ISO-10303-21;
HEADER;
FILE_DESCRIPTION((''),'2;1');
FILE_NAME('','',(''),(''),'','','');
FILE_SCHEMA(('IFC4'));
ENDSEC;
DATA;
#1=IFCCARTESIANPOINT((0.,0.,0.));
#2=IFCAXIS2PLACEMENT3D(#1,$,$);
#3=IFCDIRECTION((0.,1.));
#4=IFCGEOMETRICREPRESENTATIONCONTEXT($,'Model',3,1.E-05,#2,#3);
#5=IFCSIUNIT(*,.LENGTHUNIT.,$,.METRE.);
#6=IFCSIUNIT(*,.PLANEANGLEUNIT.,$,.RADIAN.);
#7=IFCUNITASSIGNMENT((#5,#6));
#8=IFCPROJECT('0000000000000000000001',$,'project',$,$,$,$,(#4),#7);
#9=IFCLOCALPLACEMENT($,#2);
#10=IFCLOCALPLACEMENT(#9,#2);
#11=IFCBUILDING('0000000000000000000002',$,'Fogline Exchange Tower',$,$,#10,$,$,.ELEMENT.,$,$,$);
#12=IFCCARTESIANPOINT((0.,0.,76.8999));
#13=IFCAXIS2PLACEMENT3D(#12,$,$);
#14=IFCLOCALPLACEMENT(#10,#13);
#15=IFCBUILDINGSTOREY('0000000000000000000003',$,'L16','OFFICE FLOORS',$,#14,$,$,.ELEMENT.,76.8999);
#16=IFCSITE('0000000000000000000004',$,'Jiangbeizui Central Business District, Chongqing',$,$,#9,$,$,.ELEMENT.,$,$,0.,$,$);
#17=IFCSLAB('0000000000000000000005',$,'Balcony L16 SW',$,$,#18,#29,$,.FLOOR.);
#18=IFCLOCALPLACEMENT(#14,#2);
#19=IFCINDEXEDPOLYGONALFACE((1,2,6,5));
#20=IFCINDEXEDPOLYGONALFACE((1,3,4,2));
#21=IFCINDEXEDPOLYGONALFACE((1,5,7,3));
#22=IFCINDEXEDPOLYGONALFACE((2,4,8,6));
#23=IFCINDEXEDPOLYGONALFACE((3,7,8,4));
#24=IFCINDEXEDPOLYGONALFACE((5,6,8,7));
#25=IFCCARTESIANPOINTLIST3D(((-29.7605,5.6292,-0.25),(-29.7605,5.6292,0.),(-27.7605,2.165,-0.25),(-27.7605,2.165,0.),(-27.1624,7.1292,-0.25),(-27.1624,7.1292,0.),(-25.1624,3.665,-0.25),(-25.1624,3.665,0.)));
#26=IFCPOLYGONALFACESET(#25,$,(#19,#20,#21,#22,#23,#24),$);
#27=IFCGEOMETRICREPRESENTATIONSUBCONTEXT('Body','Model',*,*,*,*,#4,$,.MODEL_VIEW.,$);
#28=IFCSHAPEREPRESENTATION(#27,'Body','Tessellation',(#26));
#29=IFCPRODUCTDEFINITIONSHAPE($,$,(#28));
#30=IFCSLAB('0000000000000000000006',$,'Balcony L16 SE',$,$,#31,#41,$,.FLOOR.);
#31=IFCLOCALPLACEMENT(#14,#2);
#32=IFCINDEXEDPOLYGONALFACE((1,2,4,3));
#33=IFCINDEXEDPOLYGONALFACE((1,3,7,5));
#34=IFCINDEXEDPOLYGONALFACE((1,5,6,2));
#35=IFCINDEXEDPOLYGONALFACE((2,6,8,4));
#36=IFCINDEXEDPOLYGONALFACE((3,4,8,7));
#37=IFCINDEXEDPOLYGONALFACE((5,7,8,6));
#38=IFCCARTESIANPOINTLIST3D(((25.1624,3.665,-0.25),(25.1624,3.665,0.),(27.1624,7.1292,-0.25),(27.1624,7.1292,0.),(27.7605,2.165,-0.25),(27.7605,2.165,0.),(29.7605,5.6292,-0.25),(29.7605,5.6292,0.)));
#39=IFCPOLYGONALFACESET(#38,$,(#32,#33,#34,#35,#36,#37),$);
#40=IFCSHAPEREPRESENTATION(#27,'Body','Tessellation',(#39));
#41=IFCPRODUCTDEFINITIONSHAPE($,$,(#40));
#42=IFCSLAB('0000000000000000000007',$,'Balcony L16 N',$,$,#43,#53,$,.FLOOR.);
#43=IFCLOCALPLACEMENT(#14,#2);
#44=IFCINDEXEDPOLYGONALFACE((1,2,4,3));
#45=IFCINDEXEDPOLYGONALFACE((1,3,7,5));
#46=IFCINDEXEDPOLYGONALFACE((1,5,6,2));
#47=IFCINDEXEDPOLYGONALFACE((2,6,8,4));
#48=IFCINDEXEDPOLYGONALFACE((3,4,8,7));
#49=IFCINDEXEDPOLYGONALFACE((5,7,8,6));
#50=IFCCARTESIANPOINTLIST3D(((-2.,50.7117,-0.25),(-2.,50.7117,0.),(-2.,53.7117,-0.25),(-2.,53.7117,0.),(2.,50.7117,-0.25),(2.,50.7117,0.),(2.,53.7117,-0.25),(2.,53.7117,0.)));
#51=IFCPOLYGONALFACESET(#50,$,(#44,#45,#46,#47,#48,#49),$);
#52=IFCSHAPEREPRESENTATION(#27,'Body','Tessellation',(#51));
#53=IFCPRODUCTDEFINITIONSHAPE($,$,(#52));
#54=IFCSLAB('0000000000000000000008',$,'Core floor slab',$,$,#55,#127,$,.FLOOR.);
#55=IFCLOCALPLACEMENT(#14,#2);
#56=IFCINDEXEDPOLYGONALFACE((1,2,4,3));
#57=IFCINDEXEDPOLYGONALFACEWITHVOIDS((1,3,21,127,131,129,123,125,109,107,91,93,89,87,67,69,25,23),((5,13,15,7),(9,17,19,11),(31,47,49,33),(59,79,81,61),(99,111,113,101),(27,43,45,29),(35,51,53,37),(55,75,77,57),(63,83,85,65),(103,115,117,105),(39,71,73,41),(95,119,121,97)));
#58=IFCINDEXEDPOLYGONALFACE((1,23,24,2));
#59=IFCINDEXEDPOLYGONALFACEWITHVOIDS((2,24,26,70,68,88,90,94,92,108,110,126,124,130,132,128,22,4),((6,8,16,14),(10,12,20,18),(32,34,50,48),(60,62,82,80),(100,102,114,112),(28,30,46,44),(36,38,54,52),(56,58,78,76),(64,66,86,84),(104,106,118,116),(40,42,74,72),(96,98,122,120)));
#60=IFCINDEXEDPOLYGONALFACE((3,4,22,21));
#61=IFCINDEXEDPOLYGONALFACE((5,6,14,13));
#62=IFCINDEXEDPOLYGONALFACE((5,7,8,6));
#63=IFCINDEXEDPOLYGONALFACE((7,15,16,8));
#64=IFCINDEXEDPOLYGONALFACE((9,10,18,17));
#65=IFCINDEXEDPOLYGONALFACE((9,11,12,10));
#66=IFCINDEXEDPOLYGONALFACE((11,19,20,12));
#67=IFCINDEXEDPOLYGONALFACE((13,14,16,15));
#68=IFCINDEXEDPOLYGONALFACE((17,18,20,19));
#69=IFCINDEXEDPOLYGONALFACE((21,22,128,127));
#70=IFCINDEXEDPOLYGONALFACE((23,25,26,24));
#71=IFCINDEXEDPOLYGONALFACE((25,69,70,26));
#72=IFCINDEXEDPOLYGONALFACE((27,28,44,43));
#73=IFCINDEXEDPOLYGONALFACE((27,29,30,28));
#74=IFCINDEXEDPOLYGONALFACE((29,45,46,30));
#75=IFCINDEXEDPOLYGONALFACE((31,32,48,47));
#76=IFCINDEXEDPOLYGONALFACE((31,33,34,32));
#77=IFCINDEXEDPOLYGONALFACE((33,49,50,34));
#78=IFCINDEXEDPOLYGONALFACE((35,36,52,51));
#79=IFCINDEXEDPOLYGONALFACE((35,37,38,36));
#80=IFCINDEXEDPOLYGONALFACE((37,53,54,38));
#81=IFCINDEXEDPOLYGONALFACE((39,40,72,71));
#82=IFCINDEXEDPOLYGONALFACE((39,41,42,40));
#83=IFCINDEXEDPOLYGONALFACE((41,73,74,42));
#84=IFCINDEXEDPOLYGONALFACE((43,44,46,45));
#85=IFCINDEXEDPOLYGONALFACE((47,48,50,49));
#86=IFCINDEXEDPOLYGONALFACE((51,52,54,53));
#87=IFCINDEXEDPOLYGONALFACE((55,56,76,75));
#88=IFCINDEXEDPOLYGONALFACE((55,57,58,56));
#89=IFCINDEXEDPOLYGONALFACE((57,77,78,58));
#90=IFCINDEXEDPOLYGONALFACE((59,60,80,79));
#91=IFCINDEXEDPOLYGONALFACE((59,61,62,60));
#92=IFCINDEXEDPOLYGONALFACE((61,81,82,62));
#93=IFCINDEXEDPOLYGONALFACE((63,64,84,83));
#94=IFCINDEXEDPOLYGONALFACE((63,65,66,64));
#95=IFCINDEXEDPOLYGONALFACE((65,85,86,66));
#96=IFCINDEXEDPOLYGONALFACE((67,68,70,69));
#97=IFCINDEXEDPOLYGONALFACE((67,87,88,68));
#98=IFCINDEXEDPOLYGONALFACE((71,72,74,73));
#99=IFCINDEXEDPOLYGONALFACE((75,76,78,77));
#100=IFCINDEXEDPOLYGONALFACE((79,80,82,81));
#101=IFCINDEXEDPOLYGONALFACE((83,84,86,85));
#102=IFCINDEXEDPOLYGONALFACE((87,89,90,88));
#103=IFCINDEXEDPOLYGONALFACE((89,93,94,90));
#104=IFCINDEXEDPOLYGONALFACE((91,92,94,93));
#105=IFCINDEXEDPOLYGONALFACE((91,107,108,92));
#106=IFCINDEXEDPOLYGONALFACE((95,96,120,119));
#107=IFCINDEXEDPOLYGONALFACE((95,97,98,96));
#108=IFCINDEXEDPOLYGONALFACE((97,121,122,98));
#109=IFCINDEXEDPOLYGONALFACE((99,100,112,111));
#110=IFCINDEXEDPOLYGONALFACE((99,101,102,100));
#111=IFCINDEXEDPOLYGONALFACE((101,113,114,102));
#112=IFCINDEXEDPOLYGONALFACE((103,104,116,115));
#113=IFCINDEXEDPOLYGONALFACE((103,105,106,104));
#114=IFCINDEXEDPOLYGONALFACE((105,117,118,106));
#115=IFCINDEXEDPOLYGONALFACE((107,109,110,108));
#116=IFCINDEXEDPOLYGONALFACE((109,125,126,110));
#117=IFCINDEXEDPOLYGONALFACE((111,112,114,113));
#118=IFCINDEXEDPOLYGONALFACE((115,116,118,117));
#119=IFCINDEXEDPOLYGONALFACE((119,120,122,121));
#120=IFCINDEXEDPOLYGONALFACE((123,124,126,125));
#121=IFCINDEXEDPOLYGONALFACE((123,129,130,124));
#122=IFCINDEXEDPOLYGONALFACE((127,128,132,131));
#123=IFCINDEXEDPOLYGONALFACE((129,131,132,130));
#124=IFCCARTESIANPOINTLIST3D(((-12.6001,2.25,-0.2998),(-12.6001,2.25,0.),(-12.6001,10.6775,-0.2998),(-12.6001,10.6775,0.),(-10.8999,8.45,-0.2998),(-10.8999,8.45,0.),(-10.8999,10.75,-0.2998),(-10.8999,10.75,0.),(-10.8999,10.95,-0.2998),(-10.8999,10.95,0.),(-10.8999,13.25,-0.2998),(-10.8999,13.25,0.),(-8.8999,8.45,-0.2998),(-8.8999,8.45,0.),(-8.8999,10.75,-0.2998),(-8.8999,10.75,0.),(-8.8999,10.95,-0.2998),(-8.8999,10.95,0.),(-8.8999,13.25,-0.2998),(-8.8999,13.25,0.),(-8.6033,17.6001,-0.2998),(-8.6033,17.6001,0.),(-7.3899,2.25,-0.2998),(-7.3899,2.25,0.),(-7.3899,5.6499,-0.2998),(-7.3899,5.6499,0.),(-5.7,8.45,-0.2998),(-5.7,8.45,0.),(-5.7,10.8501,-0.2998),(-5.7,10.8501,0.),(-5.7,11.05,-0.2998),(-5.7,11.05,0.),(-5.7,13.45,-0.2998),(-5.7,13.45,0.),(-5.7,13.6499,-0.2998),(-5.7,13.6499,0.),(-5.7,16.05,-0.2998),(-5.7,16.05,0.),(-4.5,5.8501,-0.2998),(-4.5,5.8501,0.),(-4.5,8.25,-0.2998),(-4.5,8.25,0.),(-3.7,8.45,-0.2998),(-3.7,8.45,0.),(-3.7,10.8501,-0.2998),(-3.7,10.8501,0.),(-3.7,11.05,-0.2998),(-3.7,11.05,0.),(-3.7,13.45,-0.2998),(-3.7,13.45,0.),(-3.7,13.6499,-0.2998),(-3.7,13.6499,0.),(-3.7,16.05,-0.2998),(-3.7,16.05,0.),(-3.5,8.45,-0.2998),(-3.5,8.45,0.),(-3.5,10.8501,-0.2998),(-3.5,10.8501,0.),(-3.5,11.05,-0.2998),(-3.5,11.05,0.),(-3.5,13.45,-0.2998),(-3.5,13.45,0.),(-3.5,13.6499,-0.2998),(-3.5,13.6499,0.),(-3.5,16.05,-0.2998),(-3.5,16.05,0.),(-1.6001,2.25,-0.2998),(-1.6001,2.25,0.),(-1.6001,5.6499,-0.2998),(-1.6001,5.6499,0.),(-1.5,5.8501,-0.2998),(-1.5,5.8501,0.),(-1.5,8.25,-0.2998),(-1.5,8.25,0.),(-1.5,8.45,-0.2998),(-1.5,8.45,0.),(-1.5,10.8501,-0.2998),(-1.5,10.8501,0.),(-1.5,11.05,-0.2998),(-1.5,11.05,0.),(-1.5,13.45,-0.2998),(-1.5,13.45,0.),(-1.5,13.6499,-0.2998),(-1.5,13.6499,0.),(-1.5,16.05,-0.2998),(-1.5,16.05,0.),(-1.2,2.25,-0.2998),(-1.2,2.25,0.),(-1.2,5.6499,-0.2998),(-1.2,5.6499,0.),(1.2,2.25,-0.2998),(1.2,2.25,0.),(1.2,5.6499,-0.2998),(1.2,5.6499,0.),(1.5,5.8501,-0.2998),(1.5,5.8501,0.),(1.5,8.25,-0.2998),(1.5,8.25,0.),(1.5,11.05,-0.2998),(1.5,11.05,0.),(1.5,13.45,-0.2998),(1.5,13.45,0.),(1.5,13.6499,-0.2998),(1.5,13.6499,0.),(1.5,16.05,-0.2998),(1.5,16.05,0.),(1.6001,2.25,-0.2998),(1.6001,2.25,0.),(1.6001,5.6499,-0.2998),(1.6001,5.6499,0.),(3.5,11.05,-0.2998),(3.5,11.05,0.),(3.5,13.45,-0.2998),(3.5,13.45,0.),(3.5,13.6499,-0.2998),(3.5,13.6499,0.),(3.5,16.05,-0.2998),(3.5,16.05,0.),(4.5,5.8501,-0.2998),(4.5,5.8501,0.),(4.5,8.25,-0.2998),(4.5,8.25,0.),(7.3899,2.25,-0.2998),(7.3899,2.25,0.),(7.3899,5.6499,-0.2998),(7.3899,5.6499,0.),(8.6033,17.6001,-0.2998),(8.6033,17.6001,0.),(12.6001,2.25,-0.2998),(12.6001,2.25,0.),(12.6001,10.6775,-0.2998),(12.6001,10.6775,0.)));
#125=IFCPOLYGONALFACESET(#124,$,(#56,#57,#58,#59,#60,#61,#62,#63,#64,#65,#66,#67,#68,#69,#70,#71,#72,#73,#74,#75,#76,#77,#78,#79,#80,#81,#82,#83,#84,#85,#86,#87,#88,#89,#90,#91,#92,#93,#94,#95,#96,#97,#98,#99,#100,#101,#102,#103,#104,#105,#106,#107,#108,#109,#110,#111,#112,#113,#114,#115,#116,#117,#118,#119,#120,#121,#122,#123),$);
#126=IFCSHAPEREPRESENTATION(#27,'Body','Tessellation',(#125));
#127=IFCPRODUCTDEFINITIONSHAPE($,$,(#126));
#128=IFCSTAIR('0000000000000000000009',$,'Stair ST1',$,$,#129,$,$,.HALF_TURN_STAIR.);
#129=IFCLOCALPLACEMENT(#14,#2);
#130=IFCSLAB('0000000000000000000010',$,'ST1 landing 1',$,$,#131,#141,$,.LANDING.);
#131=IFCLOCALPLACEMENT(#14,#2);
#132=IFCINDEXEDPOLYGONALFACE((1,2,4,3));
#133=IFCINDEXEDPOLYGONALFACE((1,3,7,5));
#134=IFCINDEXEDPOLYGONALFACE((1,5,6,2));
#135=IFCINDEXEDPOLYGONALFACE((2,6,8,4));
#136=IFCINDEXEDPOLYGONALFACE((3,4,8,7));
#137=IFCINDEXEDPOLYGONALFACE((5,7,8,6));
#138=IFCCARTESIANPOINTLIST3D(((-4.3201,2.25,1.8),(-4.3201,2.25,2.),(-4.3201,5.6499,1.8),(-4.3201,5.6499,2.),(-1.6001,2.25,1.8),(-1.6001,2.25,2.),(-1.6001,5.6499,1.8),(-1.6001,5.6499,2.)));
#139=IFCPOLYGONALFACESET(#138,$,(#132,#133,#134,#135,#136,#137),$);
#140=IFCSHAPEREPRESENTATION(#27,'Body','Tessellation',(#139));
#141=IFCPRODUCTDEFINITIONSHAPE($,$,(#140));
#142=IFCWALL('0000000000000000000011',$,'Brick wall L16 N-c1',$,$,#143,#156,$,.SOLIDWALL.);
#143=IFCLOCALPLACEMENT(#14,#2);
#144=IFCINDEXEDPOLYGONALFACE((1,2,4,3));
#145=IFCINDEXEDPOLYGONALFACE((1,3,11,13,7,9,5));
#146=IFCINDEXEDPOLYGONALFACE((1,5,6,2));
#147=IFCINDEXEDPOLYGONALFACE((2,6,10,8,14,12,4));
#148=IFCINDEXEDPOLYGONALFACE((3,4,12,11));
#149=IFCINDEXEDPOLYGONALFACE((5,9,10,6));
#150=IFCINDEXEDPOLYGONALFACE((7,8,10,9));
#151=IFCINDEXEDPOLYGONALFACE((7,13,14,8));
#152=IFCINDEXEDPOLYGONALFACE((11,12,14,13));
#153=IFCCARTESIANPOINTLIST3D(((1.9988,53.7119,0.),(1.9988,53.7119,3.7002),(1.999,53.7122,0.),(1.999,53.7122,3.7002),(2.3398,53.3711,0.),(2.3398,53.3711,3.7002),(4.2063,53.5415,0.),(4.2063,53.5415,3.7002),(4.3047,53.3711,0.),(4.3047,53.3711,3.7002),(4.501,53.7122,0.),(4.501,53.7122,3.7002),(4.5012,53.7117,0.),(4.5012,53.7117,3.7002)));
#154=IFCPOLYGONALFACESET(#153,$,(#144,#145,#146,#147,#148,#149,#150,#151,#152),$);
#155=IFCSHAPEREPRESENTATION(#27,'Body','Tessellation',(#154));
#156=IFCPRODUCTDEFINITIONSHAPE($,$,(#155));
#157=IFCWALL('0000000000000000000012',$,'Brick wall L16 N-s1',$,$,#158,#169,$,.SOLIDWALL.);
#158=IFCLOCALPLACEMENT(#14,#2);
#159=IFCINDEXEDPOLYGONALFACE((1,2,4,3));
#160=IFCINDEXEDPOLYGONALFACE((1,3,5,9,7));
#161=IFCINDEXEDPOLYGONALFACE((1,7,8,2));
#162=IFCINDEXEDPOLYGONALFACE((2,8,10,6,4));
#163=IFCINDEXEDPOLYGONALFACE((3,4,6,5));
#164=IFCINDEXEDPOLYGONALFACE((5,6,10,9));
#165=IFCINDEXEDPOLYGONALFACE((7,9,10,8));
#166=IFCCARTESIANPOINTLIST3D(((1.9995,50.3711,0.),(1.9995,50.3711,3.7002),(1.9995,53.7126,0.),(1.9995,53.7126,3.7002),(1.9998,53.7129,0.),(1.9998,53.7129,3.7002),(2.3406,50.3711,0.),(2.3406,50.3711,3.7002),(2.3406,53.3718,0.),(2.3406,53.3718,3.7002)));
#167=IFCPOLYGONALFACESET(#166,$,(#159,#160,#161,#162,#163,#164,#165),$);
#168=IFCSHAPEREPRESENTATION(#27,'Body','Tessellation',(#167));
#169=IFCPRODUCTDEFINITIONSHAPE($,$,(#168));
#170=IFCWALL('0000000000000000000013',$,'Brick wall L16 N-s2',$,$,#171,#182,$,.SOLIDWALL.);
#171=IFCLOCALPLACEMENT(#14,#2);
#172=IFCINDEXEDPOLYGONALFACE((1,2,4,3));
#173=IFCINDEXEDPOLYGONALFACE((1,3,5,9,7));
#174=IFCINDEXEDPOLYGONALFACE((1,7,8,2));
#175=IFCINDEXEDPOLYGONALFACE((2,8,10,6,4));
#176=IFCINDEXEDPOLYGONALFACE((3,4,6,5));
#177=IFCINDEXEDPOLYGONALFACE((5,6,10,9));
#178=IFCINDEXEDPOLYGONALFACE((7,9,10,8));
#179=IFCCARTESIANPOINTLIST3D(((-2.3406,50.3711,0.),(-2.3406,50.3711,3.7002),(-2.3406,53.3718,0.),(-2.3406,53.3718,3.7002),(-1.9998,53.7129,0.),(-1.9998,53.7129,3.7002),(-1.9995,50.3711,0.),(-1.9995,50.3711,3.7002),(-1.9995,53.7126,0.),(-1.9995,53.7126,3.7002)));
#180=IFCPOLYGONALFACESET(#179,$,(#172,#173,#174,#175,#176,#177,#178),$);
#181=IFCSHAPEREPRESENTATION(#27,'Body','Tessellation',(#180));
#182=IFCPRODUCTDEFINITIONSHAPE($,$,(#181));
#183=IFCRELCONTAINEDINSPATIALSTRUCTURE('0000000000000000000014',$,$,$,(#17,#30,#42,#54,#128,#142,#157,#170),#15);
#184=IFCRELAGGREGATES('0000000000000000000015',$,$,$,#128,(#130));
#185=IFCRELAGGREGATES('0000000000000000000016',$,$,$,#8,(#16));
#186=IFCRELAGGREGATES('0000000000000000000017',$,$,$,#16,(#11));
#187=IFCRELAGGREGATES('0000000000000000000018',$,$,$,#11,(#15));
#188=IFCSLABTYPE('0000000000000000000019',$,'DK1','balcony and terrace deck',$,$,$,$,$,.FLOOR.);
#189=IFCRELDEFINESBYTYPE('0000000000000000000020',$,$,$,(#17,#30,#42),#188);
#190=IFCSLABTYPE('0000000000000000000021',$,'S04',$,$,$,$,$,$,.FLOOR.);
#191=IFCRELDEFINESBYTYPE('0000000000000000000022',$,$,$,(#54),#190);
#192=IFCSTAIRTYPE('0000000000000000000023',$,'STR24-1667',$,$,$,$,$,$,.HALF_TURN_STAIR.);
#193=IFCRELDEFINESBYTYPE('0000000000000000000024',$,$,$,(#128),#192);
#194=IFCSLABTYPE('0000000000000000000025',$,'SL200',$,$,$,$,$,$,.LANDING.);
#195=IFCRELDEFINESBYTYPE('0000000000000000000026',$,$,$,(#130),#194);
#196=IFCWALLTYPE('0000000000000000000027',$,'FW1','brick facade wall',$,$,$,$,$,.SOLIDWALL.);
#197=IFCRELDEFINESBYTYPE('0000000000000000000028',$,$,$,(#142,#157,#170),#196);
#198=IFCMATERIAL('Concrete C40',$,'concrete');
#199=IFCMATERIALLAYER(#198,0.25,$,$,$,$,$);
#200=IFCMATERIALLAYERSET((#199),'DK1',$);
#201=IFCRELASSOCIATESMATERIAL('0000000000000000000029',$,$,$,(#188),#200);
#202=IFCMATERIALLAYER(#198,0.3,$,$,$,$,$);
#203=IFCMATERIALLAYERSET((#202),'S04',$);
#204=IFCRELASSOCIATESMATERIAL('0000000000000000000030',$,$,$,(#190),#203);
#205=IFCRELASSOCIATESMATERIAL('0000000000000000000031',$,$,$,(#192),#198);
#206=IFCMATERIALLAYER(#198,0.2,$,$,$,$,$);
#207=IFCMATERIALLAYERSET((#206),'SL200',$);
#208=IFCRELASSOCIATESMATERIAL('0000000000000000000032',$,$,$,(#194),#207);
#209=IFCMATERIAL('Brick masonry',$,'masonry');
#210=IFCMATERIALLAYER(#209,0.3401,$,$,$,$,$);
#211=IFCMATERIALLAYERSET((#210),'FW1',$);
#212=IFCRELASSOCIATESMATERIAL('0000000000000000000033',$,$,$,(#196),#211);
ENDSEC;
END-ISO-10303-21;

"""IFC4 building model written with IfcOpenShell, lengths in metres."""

from ifc_helpers import new_model, si_unit, direction, frame, origin, place, context, subcontext, project, spatial, polyline, outline, extrude, material, layer, layer_set, type_object, element, aggregate, save


model = new_model("IFC4")

# Units and contexts
model_context = context("Model", 3, precision=1e-05, world=origin(), true_north=direction((0.0, 1.0)))
body_context = subcontext(model_context, "Body", "Model", "MODEL_VIEW")
ifc_project = project(units=[si_unit("LENGTHUNIT", "METRE"), si_unit("PLANEANGLEUNIT", "RADIAN")], contexts=[model_context])

# Site, building, storey
site_placement = place(None, origin())
site = spatial("IfcSite", under=ifc_project, at=site_placement, Name="Jiangbeizui Central Business District, Chongqing", CompositionType="ELEMENT", RefElevation=0.0)
building_placement = place(site_placement, origin())
building = spatial("IfcBuilding", under=site, at=building_placement, Name="Fogline Exchange Tower", CompositionType="ELEMENT")
storey_placement = place(building_placement, frame((0.0, 0.0, 76.8999)))
storey = spatial("IfcBuildingStorey", under=building, at=storey_placement, Name="L16", Description="OFFICE FLOORS", CompositionType="ELEMENT", Elevation=76.8999)

# Slabs
ifc_material_1 = material(Name="Concrete C40", Category="concrete")
ifc_layer_1 = layer(ifc_material_1, 0.25)
ifc_layer_set_1 = layer_set([ifc_layer_1], Name="DK1")
slab_type_1 = type_object("IfcSlabType", Name="DK1", Description="balcony and terrace deck", PredefinedType="FLOOR", material=ifc_layer_set_1)
slab_1_placement = place(storey_placement, frame((0.0, 0.0, -0.25)))
element("IfcSlab", 1, at=slab_1_placement, inside=storey, type_object=slab_type_1, Name="Balcony L16 SW", PredefinedType="FLOOR", context=body_context, shape_type="SweptSolid", body=[
    extrude(outline(polyline([(-29.7605, 5.6292), (-27.7605, 2.165), (-25.1624, 3.665), (-27.1624, 7.1292), (-29.7605, 5.6292)])), origin(), (0.0, 0.0, 1.0), 0.25),
])
slab_2_placement = place(storey_placement, frame((0.0, 0.0, -0.25)))
element("IfcSlab", 2, at=slab_2_placement, inside=storey, type_object=slab_type_1, Name="Balcony L16 SE", PredefinedType="FLOOR", context=body_context, shape_type="SweptSolid", body=[
    extrude(outline(polyline([(27.7605, 2.165), (29.7605, 5.6292), (27.1624, 7.1292), (25.1624, 3.665), (27.7605, 2.165)])), origin(), (0.0, 0.0, 1.0), 0.25),
])
slab_3_placement = place(storey_placement, frame((0.0, 0.0, -0.25)))
element("IfcSlab", 3, at=slab_3_placement, inside=storey, type_object=slab_type_1, Name="Balcony L16 N", PredefinedType="FLOOR", context=body_context, shape_type="SweptSolid", body=[
    extrude(outline(polyline([(2.0, 53.7117), (-2.0, 53.7117), (-2.0, 50.7117), (2.0, 50.7117), (2.0, 53.7117)])), origin(), (0.0, 0.0, 1.0), 0.25),
])
ifc_layer_2 = layer(ifc_material_1, 0.3)
ifc_layer_set_2 = layer_set([ifc_layer_2], Name="S04")
slab_type_2 = type_object("IfcSlabType", Name="S04", PredefinedType="FLOOR", material=ifc_layer_set_2)
slab_4_placement = place(storey_placement, frame((0.0, 0.0, -0.2998)))
element("IfcSlab", 4, at=slab_4_placement, inside=storey, type_object=slab_type_2, Name="Core floor slab", PredefinedType="FLOOR", context=body_context, shape_type="SweptSolid", body=[
    extrude(outline(polyline([(-12.6001, 2.25), (-12.6001, 10.6775), (-8.6033, 17.6001), (8.6033, 17.6001), (12.6001, 10.6775), (12.6001, 2.25), (7.3899, 2.25), (7.3899, 5.6499), (1.6001, 5.6499), (1.6001, 2.25), (1.2, 2.25), (1.2, 5.6499), (-1.2, 5.6499), (-1.2, 2.25), (-1.6001, 2.25), (-1.6001, 5.6499), (-7.3899, 5.6499), (-7.3899, 2.25), (-12.6001, 2.25)]), holes=[polyline([(-1.5, 8.25), (-4.5, 8.25), (-4.5, 5.8501), (-1.5, 5.8501), (-1.5, 8.25)]), polyline([(-8.8999, 10.75), (-10.8999, 10.75), (-10.8999, 8.45), (-8.8999, 8.45), (-8.8999, 10.75)]), polyline([(-3.7, 10.8501), (-5.7, 10.8501), (-5.7, 8.45), (-3.7, 8.45), (-3.7, 10.8501)]), polyline([(-1.5, 10.8501), (-3.5, 10.8501), (-3.5, 8.45), (-1.5, 8.45), (-1.5, 10.8501)]), polyline([(-8.8999, 13.25), (-10.8999, 13.25), (-10.8999, 10.95), (-8.8999, 10.95), (-8.8999, 13.25)]), polyline([(-3.7, 13.45), (-5.7, 13.45), (-5.7, 11.05), (-3.7, 11.05), (-3.7, 13.45)]), polyline([(-3.7, 16.05), (-5.7, 16.05), (-5.7, 13.6499), (-3.7, 13.6499), (-3.7, 16.05)]), polyline([(4.5, 8.25), (1.5, 8.25), (1.5, 5.8501), (4.5, 5.8501), (4.5, 8.25)]), polyline([(-1.5, 13.45), (-3.5, 13.45), (-3.5, 11.05), (-1.5, 11.05), (-1.5, 13.45)]), polyline([(3.5, 13.45), (1.5, 13.45), (1.5, 11.05), (3.5, 11.05), (3.5, 13.45)]), polyline([(-1.5, 16.05), (-3.5, 16.05), (-3.5, 13.6499), (-1.5, 13.6499), (-1.5, 16.05)]), polyline([(3.5, 16.05), (1.5, 16.05), (1.5, 13.6499), (3.5, 13.6499), (3.5, 16.05)])]), origin(), (0.0, 0.0, 1.0), 0.2998),
])

# Stair, slab
stair_type = type_object("IfcStairType", Name="STR24-1667", PredefinedType="HALF_TURN_STAIR", material=ifc_material_1)
stair_placement = place(storey_placement, origin())
stair = element("IfcStair", 5, at=stair_placement, inside=storey, type_object=stair_type, Name="Stair ST1", PredefinedType="HALF_TURN_STAIR")
ifc_layer_3 = layer(ifc_material_1, 0.2)
ifc_layer_set_3 = layer_set([ifc_layer_3], Name="SL200")
slab_type_3 = type_object("IfcSlabType", Name="SL200", PredefinedType="LANDING", material=ifc_layer_set_3)
slab_5_placement = place(storey_placement, frame((0.0, 0.0, 1.8)))
slab_5 = element("IfcSlab", 6, at=slab_5_placement, type_object=slab_type_3, Name="ST1 landing 1", PredefinedType="LANDING", context=body_context, shape_type="SweptSolid", body=[
    extrude(outline(polyline([(-4.3201, 2.25), (-1.6001, 2.25), (-1.6001, 5.6499), (-4.3201, 5.6499), (-4.3201, 2.25)])), origin(), (0.0, 0.0, 1.0), 0.2),
])
aggregate(stair, [slab_5])

# Walls
ifc_material_2 = material(Name="Brick masonry", Category="masonry")
ifc_layer_4 = layer(ifc_material_2, 0.3401)
ifc_layer_set_4 = layer_set([ifc_layer_4], Name="FW1")
wall_type_1 = type_object("IfcWallType", Name="FW1", Description="brick facade wall", PredefinedType="SOLIDWALL", material=ifc_layer_set_4)
wall_1_placement = place(storey_placement, origin())
element("IfcWall", 7, at=wall_1_placement, inside=storey, type_object=wall_type_1, Name="Brick wall L16 N-c1", PredefinedType="SOLIDWALL", context=body_context, shape_type="SweptSolid", body=[
    extrude(outline(polyline([(1.999, 53.7122), (4.501, 53.7122), (4.5012, 53.7117), (4.2063, 53.5415), (4.3047, 53.3711), (2.3398, 53.3711), (1.9988, 53.7119), (1.999, 53.7122)])), origin(), (0.0, 0.0, 1.0), 3.7002),
])
wall_2_placement = place(storey_placement, origin())
element("IfcWall", 8, at=wall_2_placement, inside=storey, type_object=wall_type_1, Name="Brick wall L16 N-s1", PredefinedType="SOLIDWALL", context=body_context, shape_type="SweptSolid", body=[
    extrude(outline(polyline([(2.3406, 50.3711), (1.9995, 50.3711), (1.9995, 53.7126), (1.9998, 53.7129), (2.3406, 53.3718), (2.3406, 50.3711)])), origin(), (0.0, 0.0, 1.0), 3.7002),
])
wall_3_placement = place(storey_placement, origin())
element("IfcWall", 9, at=wall_3_placement, inside=storey, type_object=wall_type_1, Name="Brick wall L16 N-s2", PredefinedType="SOLIDWALL", context=body_context, shape_type="SweptSolid", body=[
    extrude(outline(polyline([(-1.9995, 53.7126), (-1.9995, 50.3711), (-2.3406, 50.3711), (-2.3406, 53.3718), (-1.9998, 53.7129), (-1.9995, 53.7126)])), origin(), (0.0, 0.0, 1.0), 3.7002),
])

save(model, "model.ifc")
